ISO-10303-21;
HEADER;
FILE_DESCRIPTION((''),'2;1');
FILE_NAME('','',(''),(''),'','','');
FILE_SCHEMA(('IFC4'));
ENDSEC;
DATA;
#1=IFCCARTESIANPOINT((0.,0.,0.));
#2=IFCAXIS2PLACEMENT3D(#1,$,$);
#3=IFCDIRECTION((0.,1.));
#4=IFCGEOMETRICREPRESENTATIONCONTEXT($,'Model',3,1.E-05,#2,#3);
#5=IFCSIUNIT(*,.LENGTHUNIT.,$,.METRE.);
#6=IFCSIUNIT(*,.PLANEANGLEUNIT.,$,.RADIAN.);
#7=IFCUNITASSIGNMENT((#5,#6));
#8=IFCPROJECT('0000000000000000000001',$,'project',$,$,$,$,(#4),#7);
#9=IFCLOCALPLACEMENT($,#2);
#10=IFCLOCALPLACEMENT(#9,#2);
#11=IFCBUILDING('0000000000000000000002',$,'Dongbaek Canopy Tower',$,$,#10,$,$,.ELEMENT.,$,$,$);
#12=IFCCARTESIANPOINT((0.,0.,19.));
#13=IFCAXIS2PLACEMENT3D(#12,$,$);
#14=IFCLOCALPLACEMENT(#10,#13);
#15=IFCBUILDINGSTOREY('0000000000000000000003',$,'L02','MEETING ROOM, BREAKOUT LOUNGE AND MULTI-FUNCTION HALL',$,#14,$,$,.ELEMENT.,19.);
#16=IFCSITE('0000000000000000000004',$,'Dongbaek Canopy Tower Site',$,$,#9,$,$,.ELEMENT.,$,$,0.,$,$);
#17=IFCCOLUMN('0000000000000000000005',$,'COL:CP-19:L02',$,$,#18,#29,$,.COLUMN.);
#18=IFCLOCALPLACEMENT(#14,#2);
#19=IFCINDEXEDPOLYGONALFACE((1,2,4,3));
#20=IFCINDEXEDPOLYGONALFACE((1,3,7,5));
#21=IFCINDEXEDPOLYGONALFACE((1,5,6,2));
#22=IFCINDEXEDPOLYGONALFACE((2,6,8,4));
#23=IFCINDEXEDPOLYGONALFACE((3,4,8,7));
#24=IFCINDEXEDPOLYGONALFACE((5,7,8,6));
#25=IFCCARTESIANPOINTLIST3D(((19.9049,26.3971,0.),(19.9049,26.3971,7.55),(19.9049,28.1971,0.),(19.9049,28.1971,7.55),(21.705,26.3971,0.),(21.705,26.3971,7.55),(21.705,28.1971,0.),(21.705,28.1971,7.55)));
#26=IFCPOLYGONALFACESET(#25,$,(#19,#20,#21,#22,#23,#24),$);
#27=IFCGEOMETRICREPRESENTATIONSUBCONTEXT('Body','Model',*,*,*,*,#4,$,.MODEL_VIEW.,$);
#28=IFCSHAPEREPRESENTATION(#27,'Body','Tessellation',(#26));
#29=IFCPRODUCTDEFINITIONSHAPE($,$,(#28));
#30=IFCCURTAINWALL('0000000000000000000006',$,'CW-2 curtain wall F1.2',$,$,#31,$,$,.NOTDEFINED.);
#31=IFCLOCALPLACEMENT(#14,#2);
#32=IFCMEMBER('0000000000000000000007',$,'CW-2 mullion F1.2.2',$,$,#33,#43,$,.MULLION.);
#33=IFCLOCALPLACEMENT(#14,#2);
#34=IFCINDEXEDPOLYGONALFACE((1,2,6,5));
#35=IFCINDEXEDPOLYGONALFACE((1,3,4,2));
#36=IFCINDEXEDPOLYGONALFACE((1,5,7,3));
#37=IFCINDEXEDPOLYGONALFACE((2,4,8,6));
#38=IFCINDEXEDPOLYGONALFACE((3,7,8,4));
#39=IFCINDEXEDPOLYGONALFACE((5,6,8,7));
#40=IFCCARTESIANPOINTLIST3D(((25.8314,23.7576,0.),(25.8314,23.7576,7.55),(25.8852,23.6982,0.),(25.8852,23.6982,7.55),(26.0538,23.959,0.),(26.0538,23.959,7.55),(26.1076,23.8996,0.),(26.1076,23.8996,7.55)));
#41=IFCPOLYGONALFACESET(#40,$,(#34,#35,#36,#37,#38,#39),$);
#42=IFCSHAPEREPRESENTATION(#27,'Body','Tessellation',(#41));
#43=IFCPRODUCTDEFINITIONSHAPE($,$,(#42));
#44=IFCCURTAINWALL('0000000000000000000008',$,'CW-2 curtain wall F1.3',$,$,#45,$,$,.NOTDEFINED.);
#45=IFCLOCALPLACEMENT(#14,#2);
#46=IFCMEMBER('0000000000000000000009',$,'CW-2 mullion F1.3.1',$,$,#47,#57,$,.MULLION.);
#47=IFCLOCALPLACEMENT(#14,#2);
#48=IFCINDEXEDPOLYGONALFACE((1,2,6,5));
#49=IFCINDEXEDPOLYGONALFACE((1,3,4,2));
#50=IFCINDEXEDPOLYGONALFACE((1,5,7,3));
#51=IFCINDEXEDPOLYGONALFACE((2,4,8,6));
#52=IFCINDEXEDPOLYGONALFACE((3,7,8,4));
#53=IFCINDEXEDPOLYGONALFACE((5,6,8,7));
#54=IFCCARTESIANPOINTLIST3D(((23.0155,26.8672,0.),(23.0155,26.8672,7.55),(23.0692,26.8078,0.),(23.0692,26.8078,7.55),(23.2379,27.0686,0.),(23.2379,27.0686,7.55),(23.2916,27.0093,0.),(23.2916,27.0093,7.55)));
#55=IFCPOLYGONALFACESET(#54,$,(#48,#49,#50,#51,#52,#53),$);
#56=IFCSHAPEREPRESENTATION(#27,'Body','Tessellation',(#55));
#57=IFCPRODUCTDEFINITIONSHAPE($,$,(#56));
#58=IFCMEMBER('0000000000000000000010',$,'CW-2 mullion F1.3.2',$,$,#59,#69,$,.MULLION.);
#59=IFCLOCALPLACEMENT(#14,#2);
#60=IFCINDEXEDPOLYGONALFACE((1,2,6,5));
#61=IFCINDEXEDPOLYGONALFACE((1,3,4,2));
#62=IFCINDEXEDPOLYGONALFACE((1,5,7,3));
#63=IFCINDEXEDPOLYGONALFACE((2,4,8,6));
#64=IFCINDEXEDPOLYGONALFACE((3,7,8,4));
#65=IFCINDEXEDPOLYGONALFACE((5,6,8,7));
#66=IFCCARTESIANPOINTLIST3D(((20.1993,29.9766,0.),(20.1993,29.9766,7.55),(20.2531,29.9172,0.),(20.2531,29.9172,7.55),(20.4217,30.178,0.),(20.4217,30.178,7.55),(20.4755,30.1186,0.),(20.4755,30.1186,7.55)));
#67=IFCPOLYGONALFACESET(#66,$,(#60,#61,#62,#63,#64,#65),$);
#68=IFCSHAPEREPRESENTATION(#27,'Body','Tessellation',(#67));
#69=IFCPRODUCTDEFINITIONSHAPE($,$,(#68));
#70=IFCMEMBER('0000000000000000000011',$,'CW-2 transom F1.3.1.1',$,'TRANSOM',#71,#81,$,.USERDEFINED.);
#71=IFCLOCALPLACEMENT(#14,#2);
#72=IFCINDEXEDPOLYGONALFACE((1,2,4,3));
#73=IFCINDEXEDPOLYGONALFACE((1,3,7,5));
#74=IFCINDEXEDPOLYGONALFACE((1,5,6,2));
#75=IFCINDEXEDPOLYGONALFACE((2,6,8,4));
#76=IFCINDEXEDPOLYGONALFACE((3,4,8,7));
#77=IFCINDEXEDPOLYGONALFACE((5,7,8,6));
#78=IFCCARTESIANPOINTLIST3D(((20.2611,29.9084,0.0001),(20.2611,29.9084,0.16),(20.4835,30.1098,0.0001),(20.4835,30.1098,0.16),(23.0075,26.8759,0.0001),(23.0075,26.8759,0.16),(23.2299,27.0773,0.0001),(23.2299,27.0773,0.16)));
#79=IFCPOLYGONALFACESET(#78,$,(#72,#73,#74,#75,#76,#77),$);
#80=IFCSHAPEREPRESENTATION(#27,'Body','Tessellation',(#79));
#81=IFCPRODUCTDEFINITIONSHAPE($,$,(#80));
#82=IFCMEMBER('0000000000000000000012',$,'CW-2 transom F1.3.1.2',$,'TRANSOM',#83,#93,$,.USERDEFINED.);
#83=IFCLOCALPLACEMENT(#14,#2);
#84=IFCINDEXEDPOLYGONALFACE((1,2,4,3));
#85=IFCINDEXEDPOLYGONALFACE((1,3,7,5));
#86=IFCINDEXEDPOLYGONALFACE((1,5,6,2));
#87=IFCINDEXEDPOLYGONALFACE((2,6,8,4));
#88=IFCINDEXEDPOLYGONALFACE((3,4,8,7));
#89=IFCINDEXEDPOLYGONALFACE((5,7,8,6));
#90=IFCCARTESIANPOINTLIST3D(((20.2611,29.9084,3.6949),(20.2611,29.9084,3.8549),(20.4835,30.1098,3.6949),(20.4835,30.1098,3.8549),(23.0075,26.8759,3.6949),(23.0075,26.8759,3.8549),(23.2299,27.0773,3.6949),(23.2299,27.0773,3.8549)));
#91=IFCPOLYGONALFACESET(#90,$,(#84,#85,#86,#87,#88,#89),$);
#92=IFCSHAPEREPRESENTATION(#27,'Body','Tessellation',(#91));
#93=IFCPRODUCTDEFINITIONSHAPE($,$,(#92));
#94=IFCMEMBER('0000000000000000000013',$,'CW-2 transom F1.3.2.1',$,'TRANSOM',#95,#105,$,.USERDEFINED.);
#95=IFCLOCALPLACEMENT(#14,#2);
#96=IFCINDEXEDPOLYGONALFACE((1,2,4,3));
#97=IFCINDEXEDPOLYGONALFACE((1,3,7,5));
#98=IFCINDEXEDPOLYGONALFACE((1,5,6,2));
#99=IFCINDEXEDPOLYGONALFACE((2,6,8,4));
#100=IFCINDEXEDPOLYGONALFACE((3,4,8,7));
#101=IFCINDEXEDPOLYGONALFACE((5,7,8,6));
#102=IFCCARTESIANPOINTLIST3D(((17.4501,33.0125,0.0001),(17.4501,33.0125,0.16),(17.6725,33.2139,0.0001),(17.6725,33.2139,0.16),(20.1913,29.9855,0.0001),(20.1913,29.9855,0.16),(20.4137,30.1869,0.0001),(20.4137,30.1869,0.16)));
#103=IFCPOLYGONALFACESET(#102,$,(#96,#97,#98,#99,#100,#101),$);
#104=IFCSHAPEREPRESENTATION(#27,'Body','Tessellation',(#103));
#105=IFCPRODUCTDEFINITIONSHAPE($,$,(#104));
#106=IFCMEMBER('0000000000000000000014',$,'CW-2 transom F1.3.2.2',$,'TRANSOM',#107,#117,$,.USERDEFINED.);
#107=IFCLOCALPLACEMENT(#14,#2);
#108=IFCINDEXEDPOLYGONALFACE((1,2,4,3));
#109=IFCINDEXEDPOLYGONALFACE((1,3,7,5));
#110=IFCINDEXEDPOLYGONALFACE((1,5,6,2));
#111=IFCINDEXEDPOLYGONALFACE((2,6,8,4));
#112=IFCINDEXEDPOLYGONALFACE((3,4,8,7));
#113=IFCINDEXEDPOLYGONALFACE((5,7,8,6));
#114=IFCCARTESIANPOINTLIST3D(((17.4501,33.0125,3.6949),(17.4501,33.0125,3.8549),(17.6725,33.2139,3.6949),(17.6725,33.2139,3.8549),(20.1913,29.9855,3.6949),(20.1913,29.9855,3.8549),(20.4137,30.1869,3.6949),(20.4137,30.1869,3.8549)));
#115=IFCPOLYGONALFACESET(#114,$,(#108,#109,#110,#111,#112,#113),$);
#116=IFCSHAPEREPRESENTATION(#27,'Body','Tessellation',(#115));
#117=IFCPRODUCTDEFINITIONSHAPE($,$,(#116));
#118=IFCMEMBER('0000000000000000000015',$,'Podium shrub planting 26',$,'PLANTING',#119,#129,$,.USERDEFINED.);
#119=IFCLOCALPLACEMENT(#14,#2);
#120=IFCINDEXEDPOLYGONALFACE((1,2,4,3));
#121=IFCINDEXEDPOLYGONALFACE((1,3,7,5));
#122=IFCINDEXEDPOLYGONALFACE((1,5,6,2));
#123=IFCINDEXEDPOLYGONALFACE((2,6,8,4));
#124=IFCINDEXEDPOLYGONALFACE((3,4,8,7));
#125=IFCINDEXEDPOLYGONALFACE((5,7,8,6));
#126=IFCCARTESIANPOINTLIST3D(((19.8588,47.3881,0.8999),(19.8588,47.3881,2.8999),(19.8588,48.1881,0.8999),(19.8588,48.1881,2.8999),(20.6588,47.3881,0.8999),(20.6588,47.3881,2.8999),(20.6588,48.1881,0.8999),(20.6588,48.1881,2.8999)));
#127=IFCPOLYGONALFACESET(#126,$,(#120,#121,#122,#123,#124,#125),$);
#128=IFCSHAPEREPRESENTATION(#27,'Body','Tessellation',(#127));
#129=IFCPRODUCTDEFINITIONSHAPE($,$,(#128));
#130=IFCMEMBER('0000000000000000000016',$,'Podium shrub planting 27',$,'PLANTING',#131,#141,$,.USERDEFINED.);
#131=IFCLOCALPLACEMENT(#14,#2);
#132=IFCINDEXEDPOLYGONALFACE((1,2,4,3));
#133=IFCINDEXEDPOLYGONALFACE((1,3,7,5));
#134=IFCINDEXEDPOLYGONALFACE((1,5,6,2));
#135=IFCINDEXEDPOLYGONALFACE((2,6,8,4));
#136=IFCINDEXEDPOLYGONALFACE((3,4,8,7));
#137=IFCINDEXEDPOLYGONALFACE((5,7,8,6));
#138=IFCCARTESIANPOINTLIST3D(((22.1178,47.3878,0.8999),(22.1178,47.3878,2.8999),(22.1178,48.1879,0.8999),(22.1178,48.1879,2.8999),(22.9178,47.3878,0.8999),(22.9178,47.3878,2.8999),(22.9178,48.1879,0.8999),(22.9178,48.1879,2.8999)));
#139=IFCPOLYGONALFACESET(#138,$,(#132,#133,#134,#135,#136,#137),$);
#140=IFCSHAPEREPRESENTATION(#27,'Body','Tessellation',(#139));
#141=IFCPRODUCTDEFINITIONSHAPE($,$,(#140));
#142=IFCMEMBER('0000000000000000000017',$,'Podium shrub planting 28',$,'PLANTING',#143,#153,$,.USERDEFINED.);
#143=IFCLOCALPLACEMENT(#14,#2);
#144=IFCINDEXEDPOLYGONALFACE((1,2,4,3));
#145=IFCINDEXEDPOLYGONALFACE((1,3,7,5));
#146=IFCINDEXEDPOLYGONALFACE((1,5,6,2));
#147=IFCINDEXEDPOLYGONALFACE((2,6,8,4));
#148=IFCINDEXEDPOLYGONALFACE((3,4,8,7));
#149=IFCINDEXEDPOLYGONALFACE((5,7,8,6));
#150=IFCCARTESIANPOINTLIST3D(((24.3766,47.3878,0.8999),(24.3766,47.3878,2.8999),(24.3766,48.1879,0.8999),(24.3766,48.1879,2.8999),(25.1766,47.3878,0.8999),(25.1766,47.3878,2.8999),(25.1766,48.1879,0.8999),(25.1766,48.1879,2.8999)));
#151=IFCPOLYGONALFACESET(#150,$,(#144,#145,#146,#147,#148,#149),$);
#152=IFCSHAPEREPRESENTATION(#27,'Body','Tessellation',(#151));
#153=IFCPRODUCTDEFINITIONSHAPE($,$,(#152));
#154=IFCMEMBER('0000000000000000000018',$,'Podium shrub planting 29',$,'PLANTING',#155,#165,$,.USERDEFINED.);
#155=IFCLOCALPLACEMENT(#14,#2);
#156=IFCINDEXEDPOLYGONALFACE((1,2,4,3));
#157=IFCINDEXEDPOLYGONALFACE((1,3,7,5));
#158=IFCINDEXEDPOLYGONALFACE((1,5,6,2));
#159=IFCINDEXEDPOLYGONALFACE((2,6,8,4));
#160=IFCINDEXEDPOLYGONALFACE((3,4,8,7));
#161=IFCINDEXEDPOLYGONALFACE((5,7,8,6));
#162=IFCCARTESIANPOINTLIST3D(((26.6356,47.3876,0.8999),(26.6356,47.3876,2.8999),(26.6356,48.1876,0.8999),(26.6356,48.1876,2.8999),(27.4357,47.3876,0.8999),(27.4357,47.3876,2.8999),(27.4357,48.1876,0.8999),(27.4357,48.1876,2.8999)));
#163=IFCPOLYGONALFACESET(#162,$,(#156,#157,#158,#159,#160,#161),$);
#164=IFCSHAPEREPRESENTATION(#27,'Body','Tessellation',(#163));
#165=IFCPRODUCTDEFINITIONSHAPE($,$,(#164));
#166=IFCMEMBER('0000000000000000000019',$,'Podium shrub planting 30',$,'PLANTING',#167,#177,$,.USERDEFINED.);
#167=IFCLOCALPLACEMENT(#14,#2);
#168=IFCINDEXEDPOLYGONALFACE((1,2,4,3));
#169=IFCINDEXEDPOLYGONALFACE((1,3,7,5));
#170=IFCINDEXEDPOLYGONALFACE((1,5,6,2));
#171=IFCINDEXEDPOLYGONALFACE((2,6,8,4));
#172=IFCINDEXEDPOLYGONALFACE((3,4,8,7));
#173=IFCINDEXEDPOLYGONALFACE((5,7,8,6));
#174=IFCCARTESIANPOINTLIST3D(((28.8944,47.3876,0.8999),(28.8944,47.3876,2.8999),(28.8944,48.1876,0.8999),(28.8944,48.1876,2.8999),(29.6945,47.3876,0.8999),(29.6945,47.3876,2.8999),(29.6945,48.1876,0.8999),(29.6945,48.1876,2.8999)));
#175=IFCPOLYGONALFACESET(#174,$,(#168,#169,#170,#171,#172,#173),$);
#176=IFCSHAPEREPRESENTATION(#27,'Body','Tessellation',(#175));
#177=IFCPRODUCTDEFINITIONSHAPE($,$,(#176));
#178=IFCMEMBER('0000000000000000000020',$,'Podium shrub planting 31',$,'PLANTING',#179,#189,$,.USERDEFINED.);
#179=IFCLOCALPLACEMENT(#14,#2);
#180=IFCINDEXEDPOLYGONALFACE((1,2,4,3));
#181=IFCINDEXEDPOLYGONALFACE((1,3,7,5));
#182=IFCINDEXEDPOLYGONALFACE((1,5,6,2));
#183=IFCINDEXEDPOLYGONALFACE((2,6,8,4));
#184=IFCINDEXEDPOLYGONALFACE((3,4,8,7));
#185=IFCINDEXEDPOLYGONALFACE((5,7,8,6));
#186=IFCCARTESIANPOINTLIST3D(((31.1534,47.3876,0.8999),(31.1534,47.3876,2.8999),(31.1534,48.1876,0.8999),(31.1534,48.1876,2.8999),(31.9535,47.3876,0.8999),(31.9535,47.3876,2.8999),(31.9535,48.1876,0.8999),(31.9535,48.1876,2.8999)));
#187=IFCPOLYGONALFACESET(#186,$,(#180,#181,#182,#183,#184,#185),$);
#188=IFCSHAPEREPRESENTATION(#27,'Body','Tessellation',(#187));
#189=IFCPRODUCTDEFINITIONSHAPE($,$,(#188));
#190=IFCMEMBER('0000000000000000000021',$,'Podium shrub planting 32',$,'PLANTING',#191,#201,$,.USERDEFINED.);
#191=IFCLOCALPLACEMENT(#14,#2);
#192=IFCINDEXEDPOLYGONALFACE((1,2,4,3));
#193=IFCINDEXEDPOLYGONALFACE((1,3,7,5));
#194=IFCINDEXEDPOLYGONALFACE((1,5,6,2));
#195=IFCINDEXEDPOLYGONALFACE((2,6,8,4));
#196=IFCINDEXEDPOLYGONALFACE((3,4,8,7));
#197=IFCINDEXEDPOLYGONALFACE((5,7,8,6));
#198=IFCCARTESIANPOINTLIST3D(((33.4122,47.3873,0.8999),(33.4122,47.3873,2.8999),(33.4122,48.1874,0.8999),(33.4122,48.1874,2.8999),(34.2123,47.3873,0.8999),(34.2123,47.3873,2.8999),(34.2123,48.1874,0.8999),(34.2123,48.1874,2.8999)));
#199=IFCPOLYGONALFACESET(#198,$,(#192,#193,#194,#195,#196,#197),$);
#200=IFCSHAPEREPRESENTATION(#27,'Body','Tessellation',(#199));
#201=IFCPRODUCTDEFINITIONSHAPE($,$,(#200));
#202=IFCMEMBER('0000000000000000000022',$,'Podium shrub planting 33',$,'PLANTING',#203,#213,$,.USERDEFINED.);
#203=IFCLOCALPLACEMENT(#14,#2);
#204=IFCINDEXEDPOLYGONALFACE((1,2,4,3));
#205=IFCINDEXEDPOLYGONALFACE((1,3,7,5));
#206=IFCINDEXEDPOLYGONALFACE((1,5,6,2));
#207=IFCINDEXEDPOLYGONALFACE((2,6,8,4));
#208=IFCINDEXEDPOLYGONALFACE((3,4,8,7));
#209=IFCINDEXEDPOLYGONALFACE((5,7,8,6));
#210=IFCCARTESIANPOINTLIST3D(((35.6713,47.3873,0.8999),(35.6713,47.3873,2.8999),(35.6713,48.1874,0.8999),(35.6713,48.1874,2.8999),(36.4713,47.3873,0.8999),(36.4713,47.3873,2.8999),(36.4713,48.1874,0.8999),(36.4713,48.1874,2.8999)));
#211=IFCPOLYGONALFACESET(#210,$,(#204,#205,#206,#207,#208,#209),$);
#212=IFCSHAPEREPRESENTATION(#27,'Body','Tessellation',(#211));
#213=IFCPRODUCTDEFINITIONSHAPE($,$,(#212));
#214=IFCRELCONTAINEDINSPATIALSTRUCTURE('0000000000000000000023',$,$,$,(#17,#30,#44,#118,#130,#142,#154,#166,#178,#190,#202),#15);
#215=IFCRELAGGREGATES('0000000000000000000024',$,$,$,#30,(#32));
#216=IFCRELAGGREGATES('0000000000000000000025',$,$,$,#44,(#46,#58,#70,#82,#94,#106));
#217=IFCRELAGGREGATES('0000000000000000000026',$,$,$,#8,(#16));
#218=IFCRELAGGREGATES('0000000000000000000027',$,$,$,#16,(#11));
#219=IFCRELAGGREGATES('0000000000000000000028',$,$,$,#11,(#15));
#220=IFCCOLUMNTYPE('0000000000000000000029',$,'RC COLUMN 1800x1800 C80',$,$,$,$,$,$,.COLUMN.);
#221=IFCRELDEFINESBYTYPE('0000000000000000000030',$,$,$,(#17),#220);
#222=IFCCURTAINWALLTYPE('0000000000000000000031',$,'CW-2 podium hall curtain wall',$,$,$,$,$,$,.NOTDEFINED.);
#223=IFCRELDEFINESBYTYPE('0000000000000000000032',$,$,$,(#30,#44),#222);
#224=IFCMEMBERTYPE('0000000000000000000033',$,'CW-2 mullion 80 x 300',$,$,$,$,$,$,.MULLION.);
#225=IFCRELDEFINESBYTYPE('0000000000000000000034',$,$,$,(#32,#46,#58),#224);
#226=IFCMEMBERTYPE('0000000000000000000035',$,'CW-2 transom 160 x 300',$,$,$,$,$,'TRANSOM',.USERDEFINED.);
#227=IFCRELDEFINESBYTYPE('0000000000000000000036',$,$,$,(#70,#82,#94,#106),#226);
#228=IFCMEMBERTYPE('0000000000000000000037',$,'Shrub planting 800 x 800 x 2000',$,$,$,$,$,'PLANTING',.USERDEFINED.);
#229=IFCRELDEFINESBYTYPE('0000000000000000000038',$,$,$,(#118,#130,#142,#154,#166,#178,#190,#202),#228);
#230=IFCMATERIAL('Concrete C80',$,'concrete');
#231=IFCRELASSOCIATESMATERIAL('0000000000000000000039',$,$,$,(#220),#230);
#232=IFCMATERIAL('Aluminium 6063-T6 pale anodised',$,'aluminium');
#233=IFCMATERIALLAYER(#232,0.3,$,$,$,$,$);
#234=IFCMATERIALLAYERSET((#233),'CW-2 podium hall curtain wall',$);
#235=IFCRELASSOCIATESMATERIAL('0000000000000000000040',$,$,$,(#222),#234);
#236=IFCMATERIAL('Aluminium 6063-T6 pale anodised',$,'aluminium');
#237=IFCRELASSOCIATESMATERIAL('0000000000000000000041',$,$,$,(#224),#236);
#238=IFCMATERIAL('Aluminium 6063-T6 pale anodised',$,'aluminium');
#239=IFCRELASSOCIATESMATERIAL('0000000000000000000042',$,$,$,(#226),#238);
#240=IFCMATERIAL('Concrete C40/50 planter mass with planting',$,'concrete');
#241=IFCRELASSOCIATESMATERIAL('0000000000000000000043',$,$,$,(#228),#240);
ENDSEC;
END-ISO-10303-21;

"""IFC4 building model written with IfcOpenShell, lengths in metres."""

from ifc_helpers import new_model, si_unit, direction, frame, origin, origin_2d, place, context, subcontext, project, spatial, rectangle, extrude, material, layer, layer_set, material_profile, profile_set, type_object, element, aggregate, save


model = new_model("IFC4")

# Units and contexts
model_context = context("Model", 3, precision=1e-05, world=origin(), true_north=direction((0.0, 1.0)))
body_context = subcontext(model_context, "Body", "Model", "MODEL_VIEW")
ifc_project = project(units=[si_unit("LENGTHUNIT", "METRE"), si_unit("PLANEANGLEUNIT", "RADIAN")], contexts=[model_context])

# Site, building, storey
site_placement = place(None, origin())
site = spatial("IfcSite", under=ifc_project, at=site_placement, Name="Dongbaek Canopy Tower Site", CompositionType="ELEMENT", RefElevation=0.0)
building_placement = place(site_placement, origin())
building = spatial("IfcBuilding", under=site, at=building_placement, Name="Dongbaek Canopy Tower", CompositionType="ELEMENT")
storey_placement = place(building_placement, frame((0.0, 0.0, 19.0)))
storey = spatial("IfcBuildingStorey", under=building, at=storey_placement, Name="L02", Description="MEETING ROOM, BREAKOUT LOUNGE AND MULTI-FUNCTION HALL", CompositionType="ELEMENT", Elevation=19.0)

# Column
ifc_material_1 = material(Name="Concrete C80", Category="concrete")
ifc_material_profile_1 = material_profile(ifc_material_1, rectangle(XDim=1.8, YDim=1.8, at=origin_2d()), Name="RC COLUMN 1800x1800 C80")
ifc_profile_set_1 = profile_set([ifc_material_profile_1], Name="Concrete C80")
column_type = type_object("IfcColumnType", Name="RC COLUMN 1800x1800 C80", PredefinedType="COLUMN", material=ifc_profile_set_1)
column_placement = place(storey_placement, frame((20.8049, 27.2971, 0.0), z_axis=(0.0, 0.0, 1.0), x_axis=(1.0, 0.0, 0.0)))
element("IfcColumn", 1, at=column_placement, inside=storey, type_object=column_type, Name="COL:CP-19:L02", PredefinedType="COLUMN", context=body_context, shape_type="SweptSolid", body=[
    extrude(rectangle(XDim=1.8, YDim=1.8, at=origin_2d()), origin(), (0.0, 0.0, 1.0), 7.55),
])

# Curtain wall, member
ifc_material_2 = material(Name="Aluminium 6063-T6 pale anodised", Category="aluminium")
ifc_layer_1 = layer(ifc_material_2, 0.3)
ifc_layer_set_1 = layer_set([ifc_layer_1], Name="CW-2 podium hall curtain wall")
curtain_wall_type = type_object("IfcCurtainWallType", Name="CW-2 podium hall curtain wall", PredefinedType="NOTDEFINED", material=ifc_layer_set_1)
curtain_wall_1_placement = place(storey_placement, origin())
curtain_wall_1 = element("IfcCurtainWall", 2, at=curtain_wall_1_placement, inside=storey, type_object=curtain_wall_type, Name="CW-2 curtain wall F1.2", PredefinedType="NOTDEFINED")
ifc_material_3 = material(Name="Aluminium 6063-T6 pale anodised", Category="aluminium")
ifc_material_profile_2 = material_profile(ifc_material_3, rectangle(XDim=0.3, YDim=0.0801, at=origin_2d()), Name="CW-2 mullion 80 x 300")
ifc_profile_set_2 = profile_set([ifc_material_profile_2], Name="Aluminium 6063-T6 pale anodised")
member_type_1 = type_object("IfcMemberType", Name="CW-2 mullion 80 x 300", PredefinedType="MULLION", material=ifc_profile_set_2)
member_1_placement = place(storey_placement, frame((25.9695, 23.8286, 0.0), z_axis=(0.0, 0.0, 1.0), x_axis=(0.741222, 0.67126, 0.0)))
member_1 = element("IfcMember", 3, at=member_1_placement, type_object=member_type_1, Name="CW-2 mullion F1.2.2", PredefinedType="MULLION", context=body_context, shape_type="SweptSolid", body=[
    extrude(rectangle(XDim=0.3, YDim=0.0801, at=origin_2d()), origin(), (0.0, 0.0, 1.0), 7.55),
])

# Curtain wall, members
curtain_wall_2_placement = place(storey_placement, origin())
curtain_wall_2 = element("IfcCurtainWall", 4, at=curtain_wall_2_placement, inside=storey, type_object=curtain_wall_type, Name="CW-2 curtain wall F1.3", PredefinedType="NOTDEFINED")
member_2_placement = place(storey_placement, frame((23.1536, 26.9382, 0.0), z_axis=(0.0, 0.0, 1.0), x_axis=(0.741222, 0.67126, 0.0)))
member_2 = element("IfcMember", 5, at=member_2_placement, type_object=member_type_1, Name="CW-2 mullion F1.3.1", PredefinedType="MULLION", context=body_context, shape_type="SweptSolid", body=[
    extrude(rectangle(XDim=0.3, YDim=0.0801, at=origin_2d()), origin(), (0.0, 0.0, 1.0), 7.55),
])
member_3_placement = place(storey_placement, frame((20.3374, 30.0476, 0.0), z_axis=(0.0, 0.0, 1.0), x_axis=(0.741222, 0.67126, 0.0)))
member_3 = element("IfcMember", 6, at=member_3_placement, type_object=member_type_1, Name="CW-2 mullion F1.3.2", PredefinedType="MULLION", context=body_context, shape_type="SweptSolid", body=[
    extrude(rectangle(XDim=0.3, YDim=0.0801, at=origin_2d()), origin(), (0.0, 0.0, 1.0), 7.55),
])
ifc_material_4 = material(Name="Aluminium 6063-T6 pale anodised", Category="aluminium")
ifc_material_profile_3 = material_profile(ifc_material_4, rectangle(XDim=0.3, YDim=0.1599, at=origin_2d()), Name="CW-2 transom 160 x 300")
ifc_profile_set_3 = profile_set([ifc_material_profile_3], Name="Aluminium 6063-T6 pale anodised")
member_type_2 = type_object("IfcMemberType", Name="CW-2 transom 160 x 300", ElementType="TRANSOM", PredefinedType="USERDEFINED", material=ifc_profile_set_3)
member_4_placement = place(storey_placement, frame((23.1187, 26.9766, 0.0801), z_axis=(-0.671273, 0.741211, 0.0), x_axis=(-0.741211, -0.671273, 0.0)))
member_4 = element("IfcMember", 7, at=member_4_placement, type_object=member_type_2, Name="CW-2 transom F1.3.1.1", ObjectType="TRANSOM", PredefinedType="USERDEFINED", context=body_context, shape_type="SweptSolid", body=[
    extrude(rectangle(XDim=0.3, YDim=0.1599, at=origin_2d()), origin(), (0.0, 0.0, 1.0), 4.0913),
])
member_5_placement = place(storey_placement, frame((23.1187, 26.9766, 3.7749), z_axis=(-0.671273, 0.741211, 0.0), x_axis=(-0.741211, -0.671273, 0.0)))
member_5 = element("IfcMember", 8, at=member_5_placement, type_object=member_type_2, Name="CW-2 transom F1.3.1.2", ObjectType="TRANSOM", PredefinedType="USERDEFINED", context=body_context, shape_type="SweptSolid", body=[
    extrude(rectangle(XDim=0.3, YDim=0.1599, at=origin_2d()), origin(), (0.0, 0.0, 1.0), 4.0913),
])
member_6_placement = place(storey_placement, frame((20.3025, 30.0862, 0.0801), z_axis=(-0.671237, 0.741243, 0.0), x_axis=(-0.741243, -0.671237, 0.0)))
member_6 = element("IfcMember", 9, at=member_6_placement, type_object=member_type_2, Name="CW-2 transom F1.3.2.1", ObjectType="TRANSOM", PredefinedType="USERDEFINED", context=body_context, shape_type="SweptSolid", body=[
    extrude(rectangle(XDim=0.3, YDim=0.1599, at=origin_2d()), origin(), (0.0, 0.0, 1.0), 4.0837),
])
member_7_placement = place(storey_placement, frame((20.3025, 30.0862, 3.7749), z_axis=(-0.671237, 0.741243, 0.0), x_axis=(-0.741243, -0.671237, 0.0)))
member_7 = element("IfcMember", 10, at=member_7_placement, type_object=member_type_2, Name="CW-2 transom F1.3.2.2", ObjectType="TRANSOM", PredefinedType="USERDEFINED", context=body_context, shape_type="SweptSolid", body=[
    extrude(rectangle(XDim=0.3, YDim=0.1599, at=origin_2d()), origin(), (0.0, 0.0, 1.0), 4.0837),
])

# Members
ifc_material_5 = material(Name="Concrete C40/50 planter mass with planting", Category="concrete")
ifc_material_profile_4 = material_profile(ifc_material_5, rectangle(XDim=0.8, YDim=0.8, at=origin_2d()), Name="Shrub planting 800 x 800 x 2000")
ifc_profile_set_4 = profile_set([ifc_material_profile_4], Name="Concrete C40/50 planter mass with planting")
member_type_3 = type_object("IfcMemberType", Name="Shrub planting 800 x 800 x 2000", ElementType="PLANTING", PredefinedType="USERDEFINED", material=ifc_profile_set_4)
for number, where, z_axis, x_axis, name in (
    (11, (20.2588, 47.7881, 0.8999), (0.0, 0.0, 1.0), (1.0, 0.0, 0.0), "Podium shrub planting 26"),
    (12, (22.5178, 47.7878, 0.8999), (0.0, 0.0, 1.0), (1.0, 0.0, 0.0), "Podium shrub planting 27"),
    (13, (24.7766, 47.7878, 0.8999), (0.0, 0.0, 1.0), (1.0, 0.0, 0.0), "Podium shrub planting 28"),
    (14, (27.0356, 47.7876, 0.8999), (0.0, 0.0, 1.0), (1.0, 0.0, 0.0), "Podium shrub planting 29"),
    (15, (29.2944, 47.7876, 0.8999), (0.0, 0.0, 1.0), (1.0, 0.0, 0.0), "Podium shrub planting 30"),
    (16, (31.5535, 47.7876, 0.8999), (0.0, 0.0, 1.0), (1.0, 0.0, 0.0), "Podium shrub planting 31"),
    (17, (33.8123, 47.7874, 0.8999), (0.0, 0.0, 1.0), (1.0, 0.0, 0.0), "Podium shrub planting 32"),
    (18, (36.0713, 47.7874, 0.8999), (0.0, 0.0, 1.0), (1.0, 0.0, 0.0), "Podium shrub planting 33"),
):
    element("IfcMember", number, at=place(storey_placement, frame(where, z_axis=z_axis, x_axis=x_axis)), inside=storey, type_object=member_type_3, Name=name, ObjectType="PLANTING", PredefinedType="USERDEFINED", context=body_context, shape_type="SweptSolid", body=[
        extrude(rectangle(XDim=0.8, YDim=0.8, at=origin_2d()), origin(), (0.0, 0.0, 1.0), 2.0),
    ])

aggregate(curtain_wall_1, [member_1])
aggregate(curtain_wall_2, [member_2, member_3, member_4, member_5, member_6, member_7])

save(model, "model.ifc")
